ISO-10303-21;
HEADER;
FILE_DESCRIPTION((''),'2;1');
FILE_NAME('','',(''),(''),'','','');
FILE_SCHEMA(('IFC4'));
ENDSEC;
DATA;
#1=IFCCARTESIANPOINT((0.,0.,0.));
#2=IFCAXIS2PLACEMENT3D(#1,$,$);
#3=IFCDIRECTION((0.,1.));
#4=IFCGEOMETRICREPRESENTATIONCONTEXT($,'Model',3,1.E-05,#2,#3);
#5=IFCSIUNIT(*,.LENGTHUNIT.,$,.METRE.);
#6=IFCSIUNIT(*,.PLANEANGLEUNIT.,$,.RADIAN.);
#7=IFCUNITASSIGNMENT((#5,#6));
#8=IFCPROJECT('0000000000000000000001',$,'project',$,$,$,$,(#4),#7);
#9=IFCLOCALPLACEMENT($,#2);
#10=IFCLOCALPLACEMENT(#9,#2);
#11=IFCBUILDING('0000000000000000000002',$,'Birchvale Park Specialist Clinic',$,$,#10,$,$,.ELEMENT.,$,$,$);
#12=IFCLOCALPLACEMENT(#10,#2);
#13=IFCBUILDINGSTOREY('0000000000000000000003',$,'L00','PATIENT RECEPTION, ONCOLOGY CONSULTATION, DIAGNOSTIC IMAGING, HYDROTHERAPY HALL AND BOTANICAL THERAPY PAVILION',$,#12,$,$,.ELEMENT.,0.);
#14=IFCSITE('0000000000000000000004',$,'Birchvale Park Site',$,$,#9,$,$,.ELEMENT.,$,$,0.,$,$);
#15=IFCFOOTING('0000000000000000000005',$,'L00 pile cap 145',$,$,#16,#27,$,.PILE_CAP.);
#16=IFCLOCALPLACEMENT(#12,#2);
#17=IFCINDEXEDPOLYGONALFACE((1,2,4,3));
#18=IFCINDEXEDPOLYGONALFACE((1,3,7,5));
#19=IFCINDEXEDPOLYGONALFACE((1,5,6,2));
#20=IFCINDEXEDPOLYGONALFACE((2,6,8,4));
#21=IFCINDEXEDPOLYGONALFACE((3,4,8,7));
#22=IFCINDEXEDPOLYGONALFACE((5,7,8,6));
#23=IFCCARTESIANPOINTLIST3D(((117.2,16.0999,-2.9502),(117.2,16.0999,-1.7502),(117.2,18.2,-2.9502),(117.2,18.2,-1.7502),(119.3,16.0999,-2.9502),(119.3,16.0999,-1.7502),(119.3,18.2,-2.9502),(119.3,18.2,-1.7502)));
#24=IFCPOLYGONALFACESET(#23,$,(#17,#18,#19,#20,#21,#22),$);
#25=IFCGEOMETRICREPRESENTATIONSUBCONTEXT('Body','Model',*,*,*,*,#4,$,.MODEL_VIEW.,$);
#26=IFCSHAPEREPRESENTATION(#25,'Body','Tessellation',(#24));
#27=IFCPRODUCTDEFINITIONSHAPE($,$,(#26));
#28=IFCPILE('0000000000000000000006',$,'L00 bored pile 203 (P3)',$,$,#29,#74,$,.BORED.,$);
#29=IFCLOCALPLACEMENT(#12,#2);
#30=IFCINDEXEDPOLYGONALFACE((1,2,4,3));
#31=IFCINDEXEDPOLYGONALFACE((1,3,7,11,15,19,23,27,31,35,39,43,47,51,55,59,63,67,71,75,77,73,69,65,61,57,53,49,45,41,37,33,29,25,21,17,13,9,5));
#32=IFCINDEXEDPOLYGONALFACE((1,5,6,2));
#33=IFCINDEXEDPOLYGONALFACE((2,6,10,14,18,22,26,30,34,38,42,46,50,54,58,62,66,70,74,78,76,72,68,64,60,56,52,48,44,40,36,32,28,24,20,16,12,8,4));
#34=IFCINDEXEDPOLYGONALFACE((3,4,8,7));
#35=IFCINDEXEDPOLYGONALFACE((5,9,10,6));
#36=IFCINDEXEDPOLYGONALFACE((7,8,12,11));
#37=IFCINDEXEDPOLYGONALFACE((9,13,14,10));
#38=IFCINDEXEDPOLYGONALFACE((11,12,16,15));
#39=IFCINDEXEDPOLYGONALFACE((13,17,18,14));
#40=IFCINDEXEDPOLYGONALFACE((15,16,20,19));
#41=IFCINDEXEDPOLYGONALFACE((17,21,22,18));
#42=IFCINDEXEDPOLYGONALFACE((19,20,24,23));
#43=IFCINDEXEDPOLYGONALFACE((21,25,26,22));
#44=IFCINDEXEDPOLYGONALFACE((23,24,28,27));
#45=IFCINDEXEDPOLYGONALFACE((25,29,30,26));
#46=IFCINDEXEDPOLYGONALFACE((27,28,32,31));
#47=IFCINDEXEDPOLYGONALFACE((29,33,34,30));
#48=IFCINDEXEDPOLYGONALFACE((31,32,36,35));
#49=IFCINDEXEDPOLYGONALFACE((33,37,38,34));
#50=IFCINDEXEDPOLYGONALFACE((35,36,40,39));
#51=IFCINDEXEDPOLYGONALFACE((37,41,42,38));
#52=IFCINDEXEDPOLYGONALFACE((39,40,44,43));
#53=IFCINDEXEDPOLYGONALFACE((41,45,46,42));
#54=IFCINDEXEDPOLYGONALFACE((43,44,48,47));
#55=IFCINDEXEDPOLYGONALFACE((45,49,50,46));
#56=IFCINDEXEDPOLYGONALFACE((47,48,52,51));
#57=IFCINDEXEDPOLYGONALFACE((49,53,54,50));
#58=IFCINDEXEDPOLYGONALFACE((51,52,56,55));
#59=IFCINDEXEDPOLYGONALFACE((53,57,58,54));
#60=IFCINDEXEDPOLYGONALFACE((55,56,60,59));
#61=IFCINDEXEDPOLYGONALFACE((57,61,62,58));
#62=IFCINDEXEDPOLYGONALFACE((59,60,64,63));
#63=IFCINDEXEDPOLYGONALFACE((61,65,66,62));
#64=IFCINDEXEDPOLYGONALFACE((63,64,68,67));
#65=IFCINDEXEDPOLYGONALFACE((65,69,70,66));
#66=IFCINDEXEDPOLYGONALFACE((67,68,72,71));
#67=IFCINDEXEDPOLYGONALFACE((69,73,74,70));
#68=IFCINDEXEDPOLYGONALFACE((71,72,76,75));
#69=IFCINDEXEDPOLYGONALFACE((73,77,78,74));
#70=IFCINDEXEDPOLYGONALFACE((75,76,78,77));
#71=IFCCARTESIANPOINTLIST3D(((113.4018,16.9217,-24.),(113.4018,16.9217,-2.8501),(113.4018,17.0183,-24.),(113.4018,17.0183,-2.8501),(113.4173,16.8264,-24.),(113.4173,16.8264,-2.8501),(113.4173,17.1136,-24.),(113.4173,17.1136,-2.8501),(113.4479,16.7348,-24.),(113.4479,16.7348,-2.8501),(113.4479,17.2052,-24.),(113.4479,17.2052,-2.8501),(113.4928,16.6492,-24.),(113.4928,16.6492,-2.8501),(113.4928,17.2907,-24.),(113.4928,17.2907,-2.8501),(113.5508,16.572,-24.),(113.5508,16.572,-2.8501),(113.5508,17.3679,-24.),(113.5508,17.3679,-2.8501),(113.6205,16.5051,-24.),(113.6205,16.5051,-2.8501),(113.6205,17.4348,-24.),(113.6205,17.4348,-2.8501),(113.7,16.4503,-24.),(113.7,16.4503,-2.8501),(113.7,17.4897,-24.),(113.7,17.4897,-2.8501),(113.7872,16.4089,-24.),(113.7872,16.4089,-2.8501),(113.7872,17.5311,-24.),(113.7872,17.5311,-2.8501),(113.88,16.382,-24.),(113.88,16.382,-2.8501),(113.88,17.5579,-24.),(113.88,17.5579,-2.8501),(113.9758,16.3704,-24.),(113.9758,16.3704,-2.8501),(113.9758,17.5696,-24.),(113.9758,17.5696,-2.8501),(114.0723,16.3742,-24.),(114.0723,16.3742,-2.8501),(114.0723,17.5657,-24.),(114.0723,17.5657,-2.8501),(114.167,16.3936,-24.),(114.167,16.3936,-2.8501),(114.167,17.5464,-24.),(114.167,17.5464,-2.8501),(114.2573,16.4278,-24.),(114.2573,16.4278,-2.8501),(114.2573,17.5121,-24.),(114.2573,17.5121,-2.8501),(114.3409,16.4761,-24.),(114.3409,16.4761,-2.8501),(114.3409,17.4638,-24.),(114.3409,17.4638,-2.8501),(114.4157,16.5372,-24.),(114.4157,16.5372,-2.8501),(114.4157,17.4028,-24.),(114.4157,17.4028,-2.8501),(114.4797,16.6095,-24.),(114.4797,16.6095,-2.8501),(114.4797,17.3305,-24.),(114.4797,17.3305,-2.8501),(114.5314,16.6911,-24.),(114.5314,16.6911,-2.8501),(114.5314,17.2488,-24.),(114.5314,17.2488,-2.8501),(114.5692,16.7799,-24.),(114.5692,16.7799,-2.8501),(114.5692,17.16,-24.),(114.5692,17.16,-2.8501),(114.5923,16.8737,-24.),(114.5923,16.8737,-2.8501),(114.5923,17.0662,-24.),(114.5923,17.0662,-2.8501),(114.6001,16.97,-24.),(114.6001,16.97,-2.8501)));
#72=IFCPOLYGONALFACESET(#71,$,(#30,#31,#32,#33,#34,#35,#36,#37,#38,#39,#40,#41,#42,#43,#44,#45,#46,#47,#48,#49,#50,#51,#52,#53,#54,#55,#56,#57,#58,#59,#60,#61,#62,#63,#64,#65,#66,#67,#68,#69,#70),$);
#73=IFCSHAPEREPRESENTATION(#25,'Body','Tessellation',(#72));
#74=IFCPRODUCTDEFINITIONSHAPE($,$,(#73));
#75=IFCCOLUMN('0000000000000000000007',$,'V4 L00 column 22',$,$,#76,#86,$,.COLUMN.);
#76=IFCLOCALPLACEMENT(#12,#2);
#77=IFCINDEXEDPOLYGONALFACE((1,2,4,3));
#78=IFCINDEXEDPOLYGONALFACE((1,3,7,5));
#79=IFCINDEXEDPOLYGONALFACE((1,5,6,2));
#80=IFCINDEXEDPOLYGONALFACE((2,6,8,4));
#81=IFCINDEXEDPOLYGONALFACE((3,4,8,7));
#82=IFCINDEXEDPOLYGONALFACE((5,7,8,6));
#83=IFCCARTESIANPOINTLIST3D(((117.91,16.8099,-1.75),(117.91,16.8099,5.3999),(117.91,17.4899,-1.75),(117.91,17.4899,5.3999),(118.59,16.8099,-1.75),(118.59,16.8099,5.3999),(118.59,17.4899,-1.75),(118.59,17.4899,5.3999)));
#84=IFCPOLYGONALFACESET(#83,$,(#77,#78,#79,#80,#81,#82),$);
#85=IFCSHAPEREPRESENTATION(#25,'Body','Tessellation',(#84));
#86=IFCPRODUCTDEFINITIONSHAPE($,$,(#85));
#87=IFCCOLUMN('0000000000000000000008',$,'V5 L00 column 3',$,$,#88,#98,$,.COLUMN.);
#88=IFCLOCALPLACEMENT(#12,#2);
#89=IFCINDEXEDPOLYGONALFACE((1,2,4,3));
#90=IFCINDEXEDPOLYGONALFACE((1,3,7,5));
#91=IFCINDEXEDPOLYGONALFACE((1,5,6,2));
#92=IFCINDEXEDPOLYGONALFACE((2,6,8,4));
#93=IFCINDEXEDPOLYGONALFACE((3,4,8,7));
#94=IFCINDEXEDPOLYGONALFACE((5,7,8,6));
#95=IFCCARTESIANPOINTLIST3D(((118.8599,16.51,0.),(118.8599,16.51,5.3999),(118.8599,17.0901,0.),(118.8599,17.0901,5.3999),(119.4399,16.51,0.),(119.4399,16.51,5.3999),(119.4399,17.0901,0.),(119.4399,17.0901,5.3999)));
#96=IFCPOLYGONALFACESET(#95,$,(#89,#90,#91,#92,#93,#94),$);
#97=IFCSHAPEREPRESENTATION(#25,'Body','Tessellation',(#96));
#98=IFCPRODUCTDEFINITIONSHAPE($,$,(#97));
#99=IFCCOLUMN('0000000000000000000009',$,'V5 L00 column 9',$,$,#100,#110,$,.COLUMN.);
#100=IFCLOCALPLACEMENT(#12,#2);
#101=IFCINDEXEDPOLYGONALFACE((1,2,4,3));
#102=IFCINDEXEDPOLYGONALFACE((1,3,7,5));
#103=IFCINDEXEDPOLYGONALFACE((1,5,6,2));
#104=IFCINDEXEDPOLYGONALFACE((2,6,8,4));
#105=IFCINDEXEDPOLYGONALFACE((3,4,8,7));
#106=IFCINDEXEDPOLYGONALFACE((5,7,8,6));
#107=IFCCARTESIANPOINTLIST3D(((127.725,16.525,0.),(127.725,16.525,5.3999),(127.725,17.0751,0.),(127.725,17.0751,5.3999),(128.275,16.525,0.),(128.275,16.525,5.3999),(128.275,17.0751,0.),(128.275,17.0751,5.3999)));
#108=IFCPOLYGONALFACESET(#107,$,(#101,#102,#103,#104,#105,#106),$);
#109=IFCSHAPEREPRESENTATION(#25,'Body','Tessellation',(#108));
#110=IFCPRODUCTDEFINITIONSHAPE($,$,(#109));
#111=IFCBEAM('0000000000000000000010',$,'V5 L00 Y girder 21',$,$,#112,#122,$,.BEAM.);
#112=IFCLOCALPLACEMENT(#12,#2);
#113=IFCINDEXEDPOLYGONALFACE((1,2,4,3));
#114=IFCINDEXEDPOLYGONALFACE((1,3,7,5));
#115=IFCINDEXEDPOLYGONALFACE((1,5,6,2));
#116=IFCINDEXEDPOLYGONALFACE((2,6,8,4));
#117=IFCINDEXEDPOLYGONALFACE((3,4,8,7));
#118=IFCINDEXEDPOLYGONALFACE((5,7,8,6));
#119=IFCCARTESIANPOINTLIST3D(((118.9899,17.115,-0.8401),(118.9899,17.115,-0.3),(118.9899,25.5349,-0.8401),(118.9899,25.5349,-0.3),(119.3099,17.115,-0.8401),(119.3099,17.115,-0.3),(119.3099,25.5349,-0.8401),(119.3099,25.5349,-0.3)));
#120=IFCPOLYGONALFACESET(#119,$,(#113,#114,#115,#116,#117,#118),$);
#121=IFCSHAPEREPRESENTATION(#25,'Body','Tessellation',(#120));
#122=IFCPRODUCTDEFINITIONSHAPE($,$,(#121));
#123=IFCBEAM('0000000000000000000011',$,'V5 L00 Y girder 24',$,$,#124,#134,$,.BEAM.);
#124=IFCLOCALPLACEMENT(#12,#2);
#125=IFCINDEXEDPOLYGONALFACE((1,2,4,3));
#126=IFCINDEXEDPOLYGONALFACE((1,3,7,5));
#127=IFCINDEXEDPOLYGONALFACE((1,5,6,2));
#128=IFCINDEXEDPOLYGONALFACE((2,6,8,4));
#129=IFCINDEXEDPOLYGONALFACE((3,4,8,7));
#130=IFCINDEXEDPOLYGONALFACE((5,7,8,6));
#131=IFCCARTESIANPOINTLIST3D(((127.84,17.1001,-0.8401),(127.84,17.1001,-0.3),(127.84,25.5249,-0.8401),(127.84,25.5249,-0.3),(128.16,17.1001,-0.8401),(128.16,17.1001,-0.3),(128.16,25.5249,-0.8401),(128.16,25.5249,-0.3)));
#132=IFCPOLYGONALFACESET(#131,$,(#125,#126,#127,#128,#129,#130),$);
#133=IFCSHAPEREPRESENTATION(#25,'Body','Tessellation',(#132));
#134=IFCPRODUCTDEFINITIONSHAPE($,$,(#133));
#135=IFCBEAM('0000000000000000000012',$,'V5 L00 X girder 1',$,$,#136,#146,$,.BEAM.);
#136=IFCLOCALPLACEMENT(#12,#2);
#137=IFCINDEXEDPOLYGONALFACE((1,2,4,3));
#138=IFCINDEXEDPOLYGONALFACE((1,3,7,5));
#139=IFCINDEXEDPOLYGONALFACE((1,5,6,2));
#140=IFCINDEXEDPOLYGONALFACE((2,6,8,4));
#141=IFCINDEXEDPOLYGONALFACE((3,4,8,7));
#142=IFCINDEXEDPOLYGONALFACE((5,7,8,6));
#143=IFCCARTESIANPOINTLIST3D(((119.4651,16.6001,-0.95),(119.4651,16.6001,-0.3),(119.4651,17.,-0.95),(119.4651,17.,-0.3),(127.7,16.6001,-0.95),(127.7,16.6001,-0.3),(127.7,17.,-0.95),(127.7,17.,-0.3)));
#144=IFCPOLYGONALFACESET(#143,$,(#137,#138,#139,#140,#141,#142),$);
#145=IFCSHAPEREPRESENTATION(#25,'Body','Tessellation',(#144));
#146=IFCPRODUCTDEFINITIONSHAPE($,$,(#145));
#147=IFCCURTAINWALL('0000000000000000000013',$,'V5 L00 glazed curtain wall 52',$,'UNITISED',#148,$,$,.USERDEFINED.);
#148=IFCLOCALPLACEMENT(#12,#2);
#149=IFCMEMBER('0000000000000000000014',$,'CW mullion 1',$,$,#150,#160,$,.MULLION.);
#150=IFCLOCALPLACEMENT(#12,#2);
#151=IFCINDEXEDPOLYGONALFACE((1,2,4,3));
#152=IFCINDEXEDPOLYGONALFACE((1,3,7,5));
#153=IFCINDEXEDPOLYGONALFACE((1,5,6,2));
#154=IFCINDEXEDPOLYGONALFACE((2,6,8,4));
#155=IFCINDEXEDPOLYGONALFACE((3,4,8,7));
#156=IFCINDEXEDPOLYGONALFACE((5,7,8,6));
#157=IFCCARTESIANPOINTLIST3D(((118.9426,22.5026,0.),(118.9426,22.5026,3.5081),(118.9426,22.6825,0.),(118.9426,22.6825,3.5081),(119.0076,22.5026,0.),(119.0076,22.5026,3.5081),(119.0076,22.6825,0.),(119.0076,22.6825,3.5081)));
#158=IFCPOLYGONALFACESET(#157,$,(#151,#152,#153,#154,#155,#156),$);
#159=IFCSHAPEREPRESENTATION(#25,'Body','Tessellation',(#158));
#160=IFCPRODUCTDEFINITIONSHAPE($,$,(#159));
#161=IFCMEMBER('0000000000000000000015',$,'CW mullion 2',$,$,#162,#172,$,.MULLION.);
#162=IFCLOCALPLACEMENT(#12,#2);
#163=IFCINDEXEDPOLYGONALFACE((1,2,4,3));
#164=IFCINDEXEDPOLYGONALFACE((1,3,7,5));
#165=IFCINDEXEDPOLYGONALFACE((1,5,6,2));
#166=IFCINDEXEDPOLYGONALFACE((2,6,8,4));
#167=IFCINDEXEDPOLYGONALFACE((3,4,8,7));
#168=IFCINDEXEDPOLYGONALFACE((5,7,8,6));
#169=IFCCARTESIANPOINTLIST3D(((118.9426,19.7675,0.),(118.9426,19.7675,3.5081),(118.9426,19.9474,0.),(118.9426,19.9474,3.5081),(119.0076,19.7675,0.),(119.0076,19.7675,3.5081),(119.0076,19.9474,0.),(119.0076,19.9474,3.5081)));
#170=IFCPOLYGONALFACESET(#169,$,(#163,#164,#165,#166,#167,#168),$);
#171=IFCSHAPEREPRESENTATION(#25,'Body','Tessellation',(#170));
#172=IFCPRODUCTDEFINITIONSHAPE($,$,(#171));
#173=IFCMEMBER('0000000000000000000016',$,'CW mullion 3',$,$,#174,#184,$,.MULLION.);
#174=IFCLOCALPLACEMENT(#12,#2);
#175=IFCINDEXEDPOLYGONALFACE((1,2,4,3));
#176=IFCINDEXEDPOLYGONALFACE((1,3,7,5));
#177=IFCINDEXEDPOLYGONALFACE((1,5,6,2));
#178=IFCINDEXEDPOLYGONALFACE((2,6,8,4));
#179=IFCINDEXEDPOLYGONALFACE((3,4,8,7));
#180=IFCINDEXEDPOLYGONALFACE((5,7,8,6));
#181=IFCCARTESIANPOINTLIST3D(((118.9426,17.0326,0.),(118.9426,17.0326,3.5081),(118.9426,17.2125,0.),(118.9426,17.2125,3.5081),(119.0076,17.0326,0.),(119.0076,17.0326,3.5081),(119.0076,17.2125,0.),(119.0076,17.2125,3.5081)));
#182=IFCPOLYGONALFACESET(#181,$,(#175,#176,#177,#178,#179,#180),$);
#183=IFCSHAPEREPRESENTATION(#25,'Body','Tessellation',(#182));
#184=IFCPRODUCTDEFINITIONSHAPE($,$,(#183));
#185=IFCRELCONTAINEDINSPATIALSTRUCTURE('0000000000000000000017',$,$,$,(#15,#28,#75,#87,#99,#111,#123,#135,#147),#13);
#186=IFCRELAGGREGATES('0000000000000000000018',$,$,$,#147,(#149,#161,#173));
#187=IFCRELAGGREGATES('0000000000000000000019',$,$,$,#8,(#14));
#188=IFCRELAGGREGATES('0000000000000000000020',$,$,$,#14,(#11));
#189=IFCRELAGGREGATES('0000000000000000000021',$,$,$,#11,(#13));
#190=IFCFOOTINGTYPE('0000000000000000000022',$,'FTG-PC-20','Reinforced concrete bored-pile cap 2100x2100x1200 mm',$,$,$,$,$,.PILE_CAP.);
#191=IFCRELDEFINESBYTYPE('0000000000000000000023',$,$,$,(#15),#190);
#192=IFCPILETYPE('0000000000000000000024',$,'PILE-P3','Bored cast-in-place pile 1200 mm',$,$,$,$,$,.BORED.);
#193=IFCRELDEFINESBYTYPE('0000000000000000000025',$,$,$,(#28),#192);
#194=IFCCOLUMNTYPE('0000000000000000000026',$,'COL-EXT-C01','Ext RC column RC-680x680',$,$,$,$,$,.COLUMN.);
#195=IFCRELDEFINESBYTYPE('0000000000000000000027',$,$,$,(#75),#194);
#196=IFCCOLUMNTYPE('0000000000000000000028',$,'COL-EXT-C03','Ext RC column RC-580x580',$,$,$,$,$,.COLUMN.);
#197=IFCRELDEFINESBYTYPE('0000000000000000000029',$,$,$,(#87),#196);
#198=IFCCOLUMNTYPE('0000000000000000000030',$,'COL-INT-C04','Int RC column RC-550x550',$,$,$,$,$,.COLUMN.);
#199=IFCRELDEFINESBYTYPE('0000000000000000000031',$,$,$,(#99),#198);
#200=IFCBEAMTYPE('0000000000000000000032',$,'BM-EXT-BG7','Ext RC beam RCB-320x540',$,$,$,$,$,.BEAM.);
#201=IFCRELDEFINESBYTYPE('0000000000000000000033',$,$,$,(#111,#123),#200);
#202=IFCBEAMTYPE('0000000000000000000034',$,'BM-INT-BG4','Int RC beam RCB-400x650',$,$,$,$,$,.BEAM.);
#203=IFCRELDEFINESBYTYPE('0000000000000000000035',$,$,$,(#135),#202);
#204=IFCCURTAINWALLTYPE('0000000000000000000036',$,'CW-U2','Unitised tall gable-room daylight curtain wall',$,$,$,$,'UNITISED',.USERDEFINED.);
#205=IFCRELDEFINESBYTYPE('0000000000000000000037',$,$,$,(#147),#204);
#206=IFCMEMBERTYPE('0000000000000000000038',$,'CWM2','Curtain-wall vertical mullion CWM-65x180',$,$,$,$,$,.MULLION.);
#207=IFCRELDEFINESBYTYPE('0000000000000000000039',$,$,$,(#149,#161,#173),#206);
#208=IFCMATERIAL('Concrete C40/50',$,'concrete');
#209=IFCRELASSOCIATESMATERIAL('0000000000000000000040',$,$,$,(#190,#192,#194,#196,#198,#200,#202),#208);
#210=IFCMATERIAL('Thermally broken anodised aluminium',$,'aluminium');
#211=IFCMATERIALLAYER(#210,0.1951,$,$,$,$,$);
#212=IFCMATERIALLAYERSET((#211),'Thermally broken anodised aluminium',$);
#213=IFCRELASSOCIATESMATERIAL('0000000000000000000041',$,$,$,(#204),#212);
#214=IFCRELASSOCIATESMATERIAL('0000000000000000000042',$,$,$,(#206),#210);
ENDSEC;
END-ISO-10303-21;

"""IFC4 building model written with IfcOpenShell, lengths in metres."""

from ifc_helpers import new_model, si_unit, direction, frame, origin, origin_2d, place, context, subcontext, project, spatial, rectangle, circle, extrude, material, layer, layer_set, material_profile, profile_set, type_object, element, aggregate, save


model = new_model("IFC4")

# Units and contexts
model_context = context("Model", 3, precision=1e-05, world=origin(), true_north=direction((0.0, 1.0)))
body_context = subcontext(model_context, "Body", "Model", "MODEL_VIEW")
ifc_project = project(units=[si_unit("LENGTHUNIT", "METRE"), si_unit("PLANEANGLEUNIT", "RADIAN")], contexts=[model_context])

# Site, building, storey
site_placement = place(None, origin())
site = spatial("IfcSite", under=ifc_project, at=site_placement, Name="Birchvale Park Site", CompositionType="ELEMENT", RefElevation=0.0)
building_placement = place(site_placement, origin())
building = spatial("IfcBuilding", under=site, at=building_placement, Name="Birchvale Park Specialist Clinic", CompositionType="ELEMENT")
storey_placement = place(building_placement, origin())
storey = spatial("IfcBuildingStorey", under=building, at=storey_placement, Name="L00", Description="PATIENT RECEPTION, ONCOLOGY CONSULTATION, DIAGNOSTIC IMAGING, HYDROTHERAPY HALL AND BOTANICAL THERAPY PAVILION", CompositionType="ELEMENT", Elevation=0.0)

# Footing
ifc_material_1 = material(Name="Concrete C40/50", Category="concrete")
footing_type = type_object("IfcFootingType", Name="FTG-PC-20", Description="Reinforced concrete bored-pile cap 2100x2100x1200 mm", PredefinedType="PILE_CAP", material=ifc_material_1)
footing_placement = place(storey_placement, frame((118.25, 17.1499, -2.9502), z_axis=(0.0, 0.0, 1.0), x_axis=(1.0, 0.0, 0.0)))
element("IfcFooting", 1, at=footing_placement, inside=storey, type_object=footing_type, Name="L00 pile cap 145", PredefinedType="PILE_CAP", context=body_context, shape_type="SweptSolid", body=[
    extrude(rectangle(XDim=2.1001, YDim=2.1001, at=origin_2d()), origin(), (0.0, 0.0, 1.0), 1.2),
])

# Pile
ifc_material_profile_1 = material_profile(ifc_material_1, circle(Radius=0.6001, at=origin_2d()), Name="PILE-1200")
ifc_profile_set_1 = profile_set([ifc_material_profile_1], Name="Concrete C40/50")
pile_type = type_object("IfcPileType", Name="PILE-P3", Description="Bored cast-in-place pile 1200 mm", PredefinedType="BORED", material=ifc_profile_set_1)
pile_placement = place(storey_placement, frame((114.0, 16.97, -2.8501), z_axis=(0.0, 0.0, -1.0), x_axis=(1.0, 0.0, 0.0)))
element("IfcPile", 2, at=pile_placement, inside=storey, type_object=pile_type, Name="L00 bored pile 203 (P3)", PredefinedType="BORED", context=body_context, shape_type="SweptSolid", body=[
    extrude(circle(Radius=0.6001, at=origin_2d()), origin(), (0.0, 0.0, 1.0), 21.1499),
])

# Columns
ifc_material_profile_2 = material_profile(ifc_material_1, rectangle(XDim=0.6799, YDim=0.6799, at=origin_2d()), Name="RC-680x680")
ifc_profile_set_2 = profile_set([ifc_material_profile_2], Name="Concrete C40/50")
column_type_1 = type_object("IfcColumnType", Name="COL-EXT-C01", Description="Ext RC column RC-680x680", PredefinedType="COLUMN", material=ifc_profile_set_2)
column_1_placement = place(storey_placement, frame((118.25, 17.1499, -1.75), z_axis=(0.0, 0.0, 1.0), x_axis=(1.0, 0.0, 0.0)))
element("IfcColumn", 3, at=column_1_placement, inside=storey, type_object=column_type_1, Name="V4 L00 column 22", PredefinedType="COLUMN", context=body_context, shape_type="SweptSolid", body=[
    extrude(rectangle(XDim=0.6799, YDim=0.6799, at=origin_2d()), origin(), (0.0, 0.0, 1.0), 7.1499),
])
ifc_material_profile_3 = material_profile(ifc_material_1, rectangle(XDim=0.5801, YDim=0.5801, at=origin_2d()), Name="RC-580x580")
ifc_profile_set_3 = profile_set([ifc_material_profile_3], Name="Concrete C40/50")
column_type_2 = type_object("IfcColumnType", Name="COL-EXT-C03", Description="Ext RC column RC-580x580", PredefinedType="COLUMN", material=ifc_profile_set_3)
column_2_placement = place(storey_placement, frame((119.1499, 16.8, 0.0), z_axis=(0.0, 0.0, 1.0), x_axis=(1.0, 0.0, 0.0)))
element("IfcColumn", 4, at=column_2_placement, inside=storey, type_object=column_type_2, Name="V5 L00 column 3", PredefinedType="COLUMN", context=body_context, shape_type="SweptSolid", body=[
    extrude(rectangle(XDim=0.5801, YDim=0.5801, at=origin_2d()), origin(), (0.0, 0.0, 1.0), 5.3999),
])
ifc_material_profile_4 = material_profile(ifc_material_1, rectangle(XDim=0.55, YDim=0.55, at=origin_2d()), Name="RC-550x550")
ifc_profile_set_4 = profile_set([ifc_material_profile_4], Name="Concrete C40/50")
column_type_3 = type_object("IfcColumnType", Name="COL-INT-C04", Description="Int RC column RC-550x550", PredefinedType="COLUMN", material=ifc_profile_set_4)
column_3_placement = place(storey_placement, frame((128.0, 16.8, 0.0), z_axis=(0.0, 0.0, 1.0), x_axis=(1.0, 0.0, 0.0)))
element("IfcColumn", 5, at=column_3_placement, inside=storey, type_object=column_type_3, Name="V5 L00 column 9", PredefinedType="COLUMN", context=body_context, shape_type="SweptSolid", body=[
    extrude(rectangle(XDim=0.55, YDim=0.55, at=origin_2d()), origin(), (0.0, 0.0, 1.0), 5.3999),
])

# Beams
ifc_material_profile_5 = material_profile(ifc_material_1, rectangle(XDim=0.3201, YDim=0.54, at=origin_2d()), Name="RCB-320x540")
ifc_profile_set_5 = profile_set([ifc_material_profile_5], Name="Concrete C40/50")
beam_type_1 = type_object("IfcBeamType", Name="BM-EXT-BG7", Description="Ext RC beam RCB-320x540", PredefinedType="BEAM", material=ifc_profile_set_5)
beam_1_placement = place(storey_placement, frame((119.1499, 17.115, -0.5701), z_axis=(0.0, 1.0, 0.0), x_axis=(-1.0, 0.0, 0.0)))
element("IfcBeam", 6, at=beam_1_placement, inside=storey, type_object=beam_type_1, Name="V5 L00 Y girder 21", PredefinedType="BEAM", context=body_context, shape_type="SweptSolid", body=[
    extrude(rectangle(XDim=0.3201, YDim=0.54, at=origin_2d()), origin(), (0.0, 0.0, 1.0), 8.4199),
])
beam_2_placement = place(storey_placement, frame((128.0, 17.1001, -0.5701), z_axis=(0.0, 1.0, 0.0), x_axis=(-1.0, 0.0, 0.0)))
element("IfcBeam", 7, at=beam_2_placement, inside=storey, type_object=beam_type_1, Name="V5 L00 Y girder 24", PredefinedType="BEAM", context=body_context, shape_type="SweptSolid", body=[
    extrude(rectangle(XDim=0.3201, YDim=0.54, at=origin_2d()), origin(), (0.0, 0.0, 1.0), 8.4248),
])
ifc_material_profile_6 = material_profile(ifc_material_1, rectangle(XDim=0.3999, YDim=0.6499, at=origin_2d()), Name="RCB-400x650")
ifc_profile_set_6 = profile_set([ifc_material_profile_6], Name="Concrete C40/50")
beam_type_2 = type_object("IfcBeamType", Name="BM-INT-BG4", Description="Int RC beam RCB-400x650", PredefinedType="BEAM", material=ifc_profile_set_6)
beam_3_placement = place(storey_placement, frame((119.4651, 16.8, -0.625), z_axis=(1.0, 0.0, 0.0), x_axis=(0.0, 1.0, 0.0)))
element("IfcBeam", 8, at=beam_3_placement, inside=storey, type_object=beam_type_2, Name="V5 L00 X girder 1", PredefinedType="BEAM", context=body_context, shape_type="SweptSolid", body=[
    extrude(rectangle(XDim=0.3999, YDim=0.6499, at=origin_2d()), origin(), (0.0, 0.0, 1.0), 8.2349),
])

# Curtain wall, members
ifc_material_2 = material(Name="Thermally broken anodised aluminium", Category="aluminium")
ifc_layer_1 = layer(ifc_material_2, 0.1951)
ifc_layer_set_1 = layer_set([ifc_layer_1], Name="Thermally broken anodised aluminium")
curtain_wall_type = type_object("IfcCurtainWallType", Name="CW-U2", Description="Unitised tall gable-room daylight curtain wall", ElementType="UNITISED", PredefinedType="USERDEFINED", material=ifc_layer_set_1)
curtain_wall_1_placement = place(storey_placement, origin())
curtain_wall_1 = element("IfcCurtainWall", 9, at=curtain_wall_1_placement, inside=storey, type_object=curtain_wall_type, Name="V5 L00 glazed curtain wall 52", ObjectType="UNITISED", PredefinedType="USERDEFINED")
ifc_material_profile_7 = material_profile(ifc_material_2, rectangle(XDim=0.0649, YDim=0.1799, at=origin_2d()), Name="CWM-65x180")
ifc_profile_set_7 = profile_set([ifc_material_profile_7], Name="Thermally broken anodised aluminium")
member_type_1 = type_object("IfcMemberType", Name="CWM2", Description="Curtain-wall vertical mullion CWM-65x180", PredefinedType="MULLION", material=ifc_profile_set_7)
member_1_placement = place(storey_placement, frame((118.9751, 22.5925, 0.0), z_axis=(0.0, 0.0, 1.0), x_axis=(1.0, 0.0, 0.0)))
member_1 = element("IfcMember", 10, at=member_1_placement, type_object=member_type_1, Name="CW mullion 1", PredefinedType="MULLION", context=body_context, shape_type="SweptSolid", body=[
    extrude(rectangle(XDim=0.0649, YDim=0.1799, at=origin_2d()), origin(), (0.0, 0.0, 1.0), 3.5081),
])
member_2_placement = place(storey_placement, frame((118.9751, 19.8574, 0.0), z_axis=(0.0, 0.0, 1.0), x_axis=(1.0, 0.0, 0.0)))
member_2 = element("IfcMember", 11, at=member_2_placement, type_object=member_type_1, Name="CW mullion 2", PredefinedType="MULLION", context=body_context, shape_type="SweptSolid", body=[
    extrude(rectangle(XDim=0.0649, YDim=0.1799, at=origin_2d()), origin(), (0.0, 0.0, 1.0), 3.5081),
])
member_3_placement = place(storey_placement, frame((118.9751, 17.1226, 0.0), z_axis=(0.0, 0.0, 1.0), x_axis=(1.0, 0.0, 0.0)))
member_3 = element("IfcMember", 12, at=member_3_placement, type_object=member_type_1, Name="CW mullion 3", PredefinedType="MULLION", context=body_context, shape_type="SweptSolid", body=[
    extrude(rectangle(XDim=0.0649, YDim=0.1799, at=origin_2d()), origin(), (0.0, 0.0, 1.0), 3.5081),
])

aggregate(curtain_wall_1, [member_1, member_2, member_3])

save(model, "model.ifc")
